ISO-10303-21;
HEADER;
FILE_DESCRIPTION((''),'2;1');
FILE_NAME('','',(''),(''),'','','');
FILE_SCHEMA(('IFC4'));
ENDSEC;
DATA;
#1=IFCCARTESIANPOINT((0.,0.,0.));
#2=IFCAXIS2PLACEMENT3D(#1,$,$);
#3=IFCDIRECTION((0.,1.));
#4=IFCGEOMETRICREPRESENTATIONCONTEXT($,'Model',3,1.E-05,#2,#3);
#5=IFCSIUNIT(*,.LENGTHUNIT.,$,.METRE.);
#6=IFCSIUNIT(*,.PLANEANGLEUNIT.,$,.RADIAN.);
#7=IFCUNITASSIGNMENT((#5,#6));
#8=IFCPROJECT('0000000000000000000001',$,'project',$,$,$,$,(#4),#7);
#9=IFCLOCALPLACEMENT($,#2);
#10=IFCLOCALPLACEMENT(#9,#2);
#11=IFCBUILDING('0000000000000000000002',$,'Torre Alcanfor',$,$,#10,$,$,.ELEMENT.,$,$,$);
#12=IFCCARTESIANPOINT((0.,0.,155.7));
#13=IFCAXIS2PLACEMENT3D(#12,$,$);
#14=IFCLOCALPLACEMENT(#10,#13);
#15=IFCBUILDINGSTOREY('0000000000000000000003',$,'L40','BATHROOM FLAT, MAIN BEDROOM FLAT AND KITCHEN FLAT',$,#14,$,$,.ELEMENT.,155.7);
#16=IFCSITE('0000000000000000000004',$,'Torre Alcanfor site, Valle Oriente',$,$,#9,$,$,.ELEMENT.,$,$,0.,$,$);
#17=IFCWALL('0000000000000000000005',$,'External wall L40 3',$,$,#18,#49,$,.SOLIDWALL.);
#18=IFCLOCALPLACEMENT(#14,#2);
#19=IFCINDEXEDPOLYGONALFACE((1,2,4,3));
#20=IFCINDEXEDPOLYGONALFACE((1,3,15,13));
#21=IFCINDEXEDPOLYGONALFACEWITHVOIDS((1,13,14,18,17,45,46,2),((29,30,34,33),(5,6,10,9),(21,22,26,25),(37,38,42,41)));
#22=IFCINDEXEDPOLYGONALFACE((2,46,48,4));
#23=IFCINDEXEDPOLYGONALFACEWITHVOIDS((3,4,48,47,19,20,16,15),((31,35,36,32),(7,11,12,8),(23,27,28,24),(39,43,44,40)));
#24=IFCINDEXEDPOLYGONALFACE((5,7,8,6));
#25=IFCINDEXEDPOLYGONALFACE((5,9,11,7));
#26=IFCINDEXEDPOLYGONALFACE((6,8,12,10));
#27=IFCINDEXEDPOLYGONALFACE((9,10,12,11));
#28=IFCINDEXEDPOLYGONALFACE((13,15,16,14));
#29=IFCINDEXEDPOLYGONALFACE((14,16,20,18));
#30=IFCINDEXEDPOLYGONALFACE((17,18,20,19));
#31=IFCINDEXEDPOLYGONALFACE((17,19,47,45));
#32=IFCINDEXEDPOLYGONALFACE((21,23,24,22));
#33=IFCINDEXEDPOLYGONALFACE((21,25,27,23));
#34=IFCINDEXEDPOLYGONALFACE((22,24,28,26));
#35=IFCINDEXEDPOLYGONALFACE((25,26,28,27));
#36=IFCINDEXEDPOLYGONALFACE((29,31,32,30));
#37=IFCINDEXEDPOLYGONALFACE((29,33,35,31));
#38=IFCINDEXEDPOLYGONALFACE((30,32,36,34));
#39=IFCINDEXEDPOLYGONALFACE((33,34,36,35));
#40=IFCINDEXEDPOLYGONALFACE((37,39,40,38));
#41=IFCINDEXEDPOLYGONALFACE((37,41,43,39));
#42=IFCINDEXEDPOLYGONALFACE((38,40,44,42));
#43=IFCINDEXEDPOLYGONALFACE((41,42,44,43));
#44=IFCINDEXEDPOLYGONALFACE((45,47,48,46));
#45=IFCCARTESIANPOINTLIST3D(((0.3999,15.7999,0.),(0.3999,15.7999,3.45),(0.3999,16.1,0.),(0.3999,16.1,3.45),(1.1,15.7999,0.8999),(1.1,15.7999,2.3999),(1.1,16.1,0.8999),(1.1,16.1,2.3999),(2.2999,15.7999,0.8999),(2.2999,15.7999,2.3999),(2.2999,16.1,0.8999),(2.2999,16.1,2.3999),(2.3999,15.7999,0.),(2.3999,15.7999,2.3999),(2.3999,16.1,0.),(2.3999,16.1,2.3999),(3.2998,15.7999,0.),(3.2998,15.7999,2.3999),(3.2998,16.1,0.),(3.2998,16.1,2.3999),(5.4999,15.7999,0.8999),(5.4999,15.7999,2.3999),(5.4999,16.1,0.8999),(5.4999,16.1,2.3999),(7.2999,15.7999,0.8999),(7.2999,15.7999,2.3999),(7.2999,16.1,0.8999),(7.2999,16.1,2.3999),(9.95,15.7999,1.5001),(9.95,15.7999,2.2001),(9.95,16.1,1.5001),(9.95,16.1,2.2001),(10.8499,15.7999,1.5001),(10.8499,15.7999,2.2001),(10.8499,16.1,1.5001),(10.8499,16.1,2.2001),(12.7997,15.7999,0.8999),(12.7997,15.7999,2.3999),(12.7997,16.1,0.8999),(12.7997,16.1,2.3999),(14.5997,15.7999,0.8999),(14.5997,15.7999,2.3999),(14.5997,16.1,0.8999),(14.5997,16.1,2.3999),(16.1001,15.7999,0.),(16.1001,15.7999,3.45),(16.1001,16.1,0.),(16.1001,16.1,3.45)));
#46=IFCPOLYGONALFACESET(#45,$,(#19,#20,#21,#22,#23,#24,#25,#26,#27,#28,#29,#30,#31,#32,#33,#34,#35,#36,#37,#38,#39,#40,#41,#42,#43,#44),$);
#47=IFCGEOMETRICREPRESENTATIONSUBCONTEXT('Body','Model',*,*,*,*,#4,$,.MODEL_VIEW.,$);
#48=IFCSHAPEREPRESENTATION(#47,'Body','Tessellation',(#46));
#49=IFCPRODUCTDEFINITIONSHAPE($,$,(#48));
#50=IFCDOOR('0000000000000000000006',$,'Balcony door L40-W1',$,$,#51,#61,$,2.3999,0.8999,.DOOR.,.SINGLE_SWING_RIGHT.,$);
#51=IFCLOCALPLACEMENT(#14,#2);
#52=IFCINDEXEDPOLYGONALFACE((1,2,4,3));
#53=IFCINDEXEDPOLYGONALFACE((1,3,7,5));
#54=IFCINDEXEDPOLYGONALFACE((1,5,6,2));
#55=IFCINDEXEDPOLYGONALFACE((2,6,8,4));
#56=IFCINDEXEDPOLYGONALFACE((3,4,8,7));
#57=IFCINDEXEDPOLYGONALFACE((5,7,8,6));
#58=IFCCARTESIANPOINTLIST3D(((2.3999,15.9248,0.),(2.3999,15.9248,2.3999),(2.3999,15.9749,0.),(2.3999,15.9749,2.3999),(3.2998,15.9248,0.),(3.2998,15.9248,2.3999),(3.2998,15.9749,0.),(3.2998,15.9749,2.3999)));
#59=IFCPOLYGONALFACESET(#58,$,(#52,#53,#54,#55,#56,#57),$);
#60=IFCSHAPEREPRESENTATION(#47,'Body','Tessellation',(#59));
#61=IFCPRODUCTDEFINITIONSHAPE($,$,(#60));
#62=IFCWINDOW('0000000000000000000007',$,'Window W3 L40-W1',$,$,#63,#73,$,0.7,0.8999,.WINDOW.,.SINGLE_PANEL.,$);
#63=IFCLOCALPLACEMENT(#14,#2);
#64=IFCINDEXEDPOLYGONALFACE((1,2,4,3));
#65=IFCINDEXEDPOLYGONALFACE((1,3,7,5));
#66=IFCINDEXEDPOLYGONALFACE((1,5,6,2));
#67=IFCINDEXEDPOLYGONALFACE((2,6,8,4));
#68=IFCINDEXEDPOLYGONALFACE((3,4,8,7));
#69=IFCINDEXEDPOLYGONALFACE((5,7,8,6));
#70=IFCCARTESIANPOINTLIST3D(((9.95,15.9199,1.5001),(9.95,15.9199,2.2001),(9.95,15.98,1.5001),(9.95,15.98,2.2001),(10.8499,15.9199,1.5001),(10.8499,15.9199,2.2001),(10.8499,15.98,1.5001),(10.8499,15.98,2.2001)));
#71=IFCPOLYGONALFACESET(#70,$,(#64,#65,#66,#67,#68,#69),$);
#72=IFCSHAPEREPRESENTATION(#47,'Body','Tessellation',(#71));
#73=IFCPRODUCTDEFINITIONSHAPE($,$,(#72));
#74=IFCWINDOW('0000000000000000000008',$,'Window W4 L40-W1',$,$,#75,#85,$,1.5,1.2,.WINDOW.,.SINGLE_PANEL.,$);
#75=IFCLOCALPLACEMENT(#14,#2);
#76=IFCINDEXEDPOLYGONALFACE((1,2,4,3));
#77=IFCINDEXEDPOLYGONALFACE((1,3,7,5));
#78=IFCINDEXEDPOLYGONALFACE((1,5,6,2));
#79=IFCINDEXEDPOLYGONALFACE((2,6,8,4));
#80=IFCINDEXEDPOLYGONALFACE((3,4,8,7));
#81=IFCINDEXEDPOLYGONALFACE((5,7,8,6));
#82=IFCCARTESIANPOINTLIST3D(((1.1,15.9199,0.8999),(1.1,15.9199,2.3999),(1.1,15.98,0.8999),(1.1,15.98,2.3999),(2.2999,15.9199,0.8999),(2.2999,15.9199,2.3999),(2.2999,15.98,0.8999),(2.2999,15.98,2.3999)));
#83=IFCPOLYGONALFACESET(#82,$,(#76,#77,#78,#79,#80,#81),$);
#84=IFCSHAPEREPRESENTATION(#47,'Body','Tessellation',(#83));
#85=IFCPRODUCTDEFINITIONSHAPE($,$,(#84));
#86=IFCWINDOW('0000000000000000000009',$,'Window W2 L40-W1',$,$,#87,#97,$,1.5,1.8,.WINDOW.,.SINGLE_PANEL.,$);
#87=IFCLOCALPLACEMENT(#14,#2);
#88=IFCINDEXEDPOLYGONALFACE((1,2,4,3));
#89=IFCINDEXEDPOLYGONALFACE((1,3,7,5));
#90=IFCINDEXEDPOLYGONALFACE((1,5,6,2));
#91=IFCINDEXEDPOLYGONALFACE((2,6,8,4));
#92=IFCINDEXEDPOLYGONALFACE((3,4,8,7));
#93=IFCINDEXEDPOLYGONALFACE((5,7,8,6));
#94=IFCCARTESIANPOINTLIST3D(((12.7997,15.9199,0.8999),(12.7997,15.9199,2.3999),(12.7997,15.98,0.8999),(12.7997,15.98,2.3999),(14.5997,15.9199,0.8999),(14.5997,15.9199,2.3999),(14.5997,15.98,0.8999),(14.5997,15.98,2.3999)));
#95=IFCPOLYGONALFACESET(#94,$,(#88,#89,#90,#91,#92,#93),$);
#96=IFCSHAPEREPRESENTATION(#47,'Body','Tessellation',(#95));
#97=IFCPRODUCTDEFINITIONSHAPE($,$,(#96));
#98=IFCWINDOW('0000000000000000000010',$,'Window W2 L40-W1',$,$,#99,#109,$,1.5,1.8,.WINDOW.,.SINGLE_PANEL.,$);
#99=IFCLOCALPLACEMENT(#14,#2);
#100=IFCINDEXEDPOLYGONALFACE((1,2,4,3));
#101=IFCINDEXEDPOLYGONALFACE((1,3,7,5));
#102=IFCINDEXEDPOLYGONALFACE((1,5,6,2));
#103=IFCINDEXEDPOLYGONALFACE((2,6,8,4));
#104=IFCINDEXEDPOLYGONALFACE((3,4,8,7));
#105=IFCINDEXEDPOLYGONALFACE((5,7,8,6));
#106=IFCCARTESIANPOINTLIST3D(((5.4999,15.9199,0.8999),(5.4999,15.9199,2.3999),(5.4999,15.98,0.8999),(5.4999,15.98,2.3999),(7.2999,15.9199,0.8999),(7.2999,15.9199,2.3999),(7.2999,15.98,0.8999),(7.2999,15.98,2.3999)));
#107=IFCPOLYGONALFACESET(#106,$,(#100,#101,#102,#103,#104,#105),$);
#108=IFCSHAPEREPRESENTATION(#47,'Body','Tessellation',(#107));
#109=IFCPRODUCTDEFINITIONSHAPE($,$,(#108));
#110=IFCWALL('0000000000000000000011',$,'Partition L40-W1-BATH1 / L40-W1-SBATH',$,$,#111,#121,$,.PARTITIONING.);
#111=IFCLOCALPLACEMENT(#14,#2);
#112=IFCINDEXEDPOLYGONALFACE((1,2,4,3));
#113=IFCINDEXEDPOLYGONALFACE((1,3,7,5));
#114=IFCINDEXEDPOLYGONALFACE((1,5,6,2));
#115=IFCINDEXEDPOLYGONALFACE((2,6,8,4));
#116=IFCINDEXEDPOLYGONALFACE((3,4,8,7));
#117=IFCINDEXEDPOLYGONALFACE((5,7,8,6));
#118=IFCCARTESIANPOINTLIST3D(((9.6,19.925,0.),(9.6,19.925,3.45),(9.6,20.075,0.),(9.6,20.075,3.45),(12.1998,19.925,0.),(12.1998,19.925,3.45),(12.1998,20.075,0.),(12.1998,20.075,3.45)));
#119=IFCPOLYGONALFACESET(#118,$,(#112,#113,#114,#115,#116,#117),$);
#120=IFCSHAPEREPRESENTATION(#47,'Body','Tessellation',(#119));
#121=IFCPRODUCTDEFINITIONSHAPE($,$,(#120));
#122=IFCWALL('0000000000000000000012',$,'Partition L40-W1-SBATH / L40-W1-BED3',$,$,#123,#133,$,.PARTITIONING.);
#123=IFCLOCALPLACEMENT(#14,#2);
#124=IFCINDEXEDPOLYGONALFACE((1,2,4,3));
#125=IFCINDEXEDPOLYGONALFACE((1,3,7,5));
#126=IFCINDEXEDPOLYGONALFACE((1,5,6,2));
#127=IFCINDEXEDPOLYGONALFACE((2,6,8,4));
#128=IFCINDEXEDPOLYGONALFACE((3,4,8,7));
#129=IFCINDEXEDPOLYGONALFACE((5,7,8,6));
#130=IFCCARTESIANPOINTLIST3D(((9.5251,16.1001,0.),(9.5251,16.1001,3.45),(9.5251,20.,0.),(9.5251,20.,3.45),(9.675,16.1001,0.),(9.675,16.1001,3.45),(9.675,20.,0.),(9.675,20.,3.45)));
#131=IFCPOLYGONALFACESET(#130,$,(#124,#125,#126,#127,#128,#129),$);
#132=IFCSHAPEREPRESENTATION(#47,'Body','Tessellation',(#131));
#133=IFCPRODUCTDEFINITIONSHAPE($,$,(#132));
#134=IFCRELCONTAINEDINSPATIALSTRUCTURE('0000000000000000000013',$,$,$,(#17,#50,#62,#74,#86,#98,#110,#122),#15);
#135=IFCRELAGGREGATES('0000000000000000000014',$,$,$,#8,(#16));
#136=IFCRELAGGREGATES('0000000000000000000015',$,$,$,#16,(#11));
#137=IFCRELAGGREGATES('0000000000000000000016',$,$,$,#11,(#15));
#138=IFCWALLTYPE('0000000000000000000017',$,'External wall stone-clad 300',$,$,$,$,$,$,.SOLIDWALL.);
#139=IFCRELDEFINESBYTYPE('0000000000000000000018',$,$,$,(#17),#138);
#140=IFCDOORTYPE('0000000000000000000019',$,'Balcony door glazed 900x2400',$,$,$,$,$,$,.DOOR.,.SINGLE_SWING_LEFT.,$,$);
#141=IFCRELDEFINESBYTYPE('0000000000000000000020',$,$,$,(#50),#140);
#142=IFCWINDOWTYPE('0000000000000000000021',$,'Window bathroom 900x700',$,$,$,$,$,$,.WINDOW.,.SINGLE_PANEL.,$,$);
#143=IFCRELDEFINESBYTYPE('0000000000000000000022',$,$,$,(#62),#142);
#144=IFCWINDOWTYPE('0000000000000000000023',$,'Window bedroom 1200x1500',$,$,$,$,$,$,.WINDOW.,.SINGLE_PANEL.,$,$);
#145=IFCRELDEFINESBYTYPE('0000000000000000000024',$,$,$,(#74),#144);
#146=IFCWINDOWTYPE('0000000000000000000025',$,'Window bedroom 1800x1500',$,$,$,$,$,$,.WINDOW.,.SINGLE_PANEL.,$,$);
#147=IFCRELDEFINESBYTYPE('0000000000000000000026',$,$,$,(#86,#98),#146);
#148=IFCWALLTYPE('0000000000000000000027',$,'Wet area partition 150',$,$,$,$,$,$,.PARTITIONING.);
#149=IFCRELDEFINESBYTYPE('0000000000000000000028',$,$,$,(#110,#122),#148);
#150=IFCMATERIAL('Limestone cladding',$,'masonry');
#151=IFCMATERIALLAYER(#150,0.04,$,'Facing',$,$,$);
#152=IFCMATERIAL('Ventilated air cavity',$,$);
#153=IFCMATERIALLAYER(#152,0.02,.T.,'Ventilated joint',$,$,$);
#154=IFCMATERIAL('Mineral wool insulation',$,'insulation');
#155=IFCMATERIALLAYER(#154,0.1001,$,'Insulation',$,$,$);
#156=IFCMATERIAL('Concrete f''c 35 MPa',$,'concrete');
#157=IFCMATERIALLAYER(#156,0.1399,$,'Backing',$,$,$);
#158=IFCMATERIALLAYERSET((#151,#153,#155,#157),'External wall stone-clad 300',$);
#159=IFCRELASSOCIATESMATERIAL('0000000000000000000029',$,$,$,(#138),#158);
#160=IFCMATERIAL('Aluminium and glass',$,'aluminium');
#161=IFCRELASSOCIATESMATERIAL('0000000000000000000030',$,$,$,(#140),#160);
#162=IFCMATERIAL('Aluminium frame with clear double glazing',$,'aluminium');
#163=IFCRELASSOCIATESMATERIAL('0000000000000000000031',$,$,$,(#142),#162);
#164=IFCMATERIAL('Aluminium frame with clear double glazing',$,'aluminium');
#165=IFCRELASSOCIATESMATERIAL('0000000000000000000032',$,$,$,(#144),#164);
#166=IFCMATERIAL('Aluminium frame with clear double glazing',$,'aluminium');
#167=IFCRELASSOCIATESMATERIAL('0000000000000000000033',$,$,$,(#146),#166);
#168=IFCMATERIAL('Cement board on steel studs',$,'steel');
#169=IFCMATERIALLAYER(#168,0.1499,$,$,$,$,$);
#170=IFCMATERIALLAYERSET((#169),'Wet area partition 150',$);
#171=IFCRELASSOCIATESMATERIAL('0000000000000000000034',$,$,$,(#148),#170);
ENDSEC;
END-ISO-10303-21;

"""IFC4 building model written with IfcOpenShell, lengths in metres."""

from ifc_helpers import new_model, si_unit, direction, frame, frame_2d, origin, place, context, subcontext, project, spatial, rectangle, extrude, material, layer, layer_set, type_object, element, fill, save


model = new_model("IFC4")

# Units and contexts
model_context = context("Model", 3, precision=1e-05, world=origin(), true_north=direction((0.0, 1.0)))
body_context = subcontext(model_context, "Body", "Model", "MODEL_VIEW")
ifc_project = project(units=[si_unit("LENGTHUNIT", "METRE"), si_unit("PLANEANGLEUNIT", "RADIAN")], contexts=[model_context])

# Site, building, storey
site_placement = place(None, origin())
site = spatial("IfcSite", under=ifc_project, at=site_placement, Name="Torre Alcanfor site, Valle Oriente", CompositionType="ELEMENT", RefElevation=0.0)
building_placement = place(site_placement, origin())
building = spatial("IfcBuilding", under=site, at=building_placement, Name="Torre Alcanfor", CompositionType="ELEMENT")
storey_placement = place(building_placement, frame((0.0, 0.0, 155.7)))
storey = spatial("IfcBuildingStorey", under=building, at=storey_placement, Name="L40", Description="BATHROOM FLAT, MAIN BEDROOM FLAT AND KITCHEN FLAT", CompositionType="ELEMENT", Elevation=155.7)

# Wall, openings, door, windows
ifc_material_1 = material(Name="Limestone cladding", Category="masonry")
ifc_layer_1 = layer(ifc_material_1, 0.04, Name="Facing")
ifc_material_2 = material(Name="Ventilated air cavity")
ifc_layer_2 = layer(ifc_material_2, 0.02, ventilated=True, Name="Ventilated joint")
ifc_material_3 = material(Name="Mineral wool insulation", Category="insulation")
ifc_layer_3 = layer(ifc_material_3, 0.1001, Name="Insulation")
ifc_material_4 = material(Name="Concrete f'c 35 MPa", Category="concrete")
ifc_layer_4 = layer(ifc_material_4, 0.1399, Name="Backing")
ifc_layer_set_1 = layer_set([ifc_layer_1, ifc_layer_2, ifc_layer_3, ifc_layer_4], Name="External wall stone-clad 300")
wall_type_1 = type_object("IfcWallType", Name="External wall stone-clad 300", PredefinedType="SOLIDWALL", material=ifc_layer_set_1)
wall_1_placement = place(storey_placement, frame((0.3999, 15.95, 0.0), z_axis=(0.0, 0.0, 1.0), x_axis=(1.0, 0.0, 0.0)))
wall_1 = element("IfcWall", 1, at=wall_1_placement, inside=storey, type_object=wall_type_1, Name="External wall L40 3", PredefinedType="SOLIDWALL", context=body_context, shape_type="SweptSolid", body=[
    extrude(rectangle(XDim=15.7002, YDim=0.3, at=frame_2d((7.8501, 0.0))), origin(), (0.0, 0.0, 1.0), 3.45),
])
opening_1_placement = place(wall_1_placement, frame((12.3999, 0.0, 0.8999)))
opening_1 = element("IfcOpeningElement", 2, at=opening_1_placement, cuts=wall_1, PredefinedType="OPENING", context=body_context, shape_type="SweptSolid", body=[
    extrude(rectangle(XDim=1.8, YDim=1.5, at=frame_2d((0.8999, 0.75))), frame((0.0, 0.1599, 0.0), z_axis=(0.0, -1.0, 0.0), x_axis=(1.0, 0.0, 0.0)), (0.0, 0.0, 1.0), 0.3201),
])
opening_2_placement = place(wall_1_placement, frame((9.55, 0.0, 1.5)))
opening_2 = element("IfcOpeningElement", 3, at=opening_2_placement, cuts=wall_1, PredefinedType="OPENING", context=body_context, shape_type="SweptSolid", body=[
    extrude(rectangle(XDim=0.8999, YDim=0.7, at=frame_2d((0.45, 0.3501))), frame((0.0, 0.1599, 0.0), z_axis=(0.0, -1.0, 0.0), x_axis=(1.0, 0.0, 0.0)), (0.0, 0.0, 1.0), 0.3201),
])
opening_3_placement = place(wall_1_placement, frame((5.1001, 0.0, 0.8999)))
opening_3 = element("IfcOpeningElement", 4, at=opening_3_placement, cuts=wall_1, PredefinedType="OPENING", context=body_context, shape_type="SweptSolid", body=[
    extrude(rectangle(XDim=1.8, YDim=1.5, at=frame_2d((0.8999, 0.75))), frame((0.0, 0.1599, 0.0), z_axis=(0.0, -1.0, 0.0), x_axis=(1.0, 0.0, 0.0)), (0.0, 0.0, 1.0), 0.3201),
])
opening_4_placement = place(wall_1_placement, frame((2.0, 0.0, 0.0)))
opening_4 = element("IfcOpeningElement", 5, at=opening_4_placement, cuts=wall_1, PredefinedType="OPENING", context=body_context, shape_type="SweptSolid", body=[
    extrude(rectangle(XDim=0.8999, YDim=2.3999, at=frame_2d((0.45, 1.2))), frame((0.0, 0.1599, 0.0), z_axis=(0.0, -1.0, 0.0), x_axis=(1.0, 0.0, 0.0)), (0.0, 0.0, 1.0), 0.3201),
])
opening_5_placement = place(wall_1_placement, frame((0.7, 0.0, 0.8999)))
opening_5 = element("IfcOpeningElement", 6, at=opening_5_placement, cuts=wall_1, PredefinedType="OPENING", context=body_context, shape_type="SweptSolid", body=[
    extrude(rectangle(XDim=1.2, YDim=1.5, at=frame_2d((0.6001, 0.75))), frame((0.0, 0.1599, 0.0), z_axis=(0.0, -1.0, 0.0), x_axis=(1.0, 0.0, 0.0)), (0.0, 0.0, 1.0), 0.3201),
])
ifc_material_5 = material(Name="Aluminium and glass", Category="aluminium")
door_type = type_object("IfcDoorType", Name="Balcony door glazed 900x2400", OperationType="SINGLE_SWING_LEFT", PredefinedType="DOOR", material=ifc_material_5)
door_placement = place(opening_4_placement, origin())
door = element("IfcDoor", 7, at=door_placement, inside=storey, type_object=door_type, Name="Balcony door L40-W1", OperationType="SINGLE_SWING_RIGHT", OverallHeight=2.3999, OverallWidth=0.8999, PredefinedType="DOOR", context=body_context, shape_type="SweptSolid", body=[
    extrude(rectangle(XDim=0.8999, YDim=2.3999, at=frame_2d((0.45, 1.2))), frame((0.0, 0.0249, 0.0), z_axis=(0.0, -1.0, 0.0), x_axis=(1.0, 0.0, 0.0)), (0.0, 0.0, 1.0), 0.05),
])
fill(opening_4, door)
ifc_material_6 = material(Name="Aluminium frame with clear double glazing", Category="aluminium")
window_type_1 = type_object("IfcWindowType", Name="Window bathroom 900x700", PartitioningType="SINGLE_PANEL", PredefinedType="WINDOW", material=ifc_material_6)
window_1_placement = place(opening_2_placement, origin())
window_1 = element("IfcWindow", 8, at=window_1_placement, inside=storey, type_object=window_type_1, Name="Window W3 L40-W1", OverallHeight=0.7, OverallWidth=0.8999, PartitioningType="SINGLE_PANEL", PredefinedType="WINDOW", context=body_context, shape_type="SweptSolid", body=[
    extrude(rectangle(XDim=0.8999, YDim=0.7, at=frame_2d((0.45, 0.3501))), frame((0.0, 0.03, 0.0), z_axis=(0.0, -1.0, 0.0), x_axis=(1.0, 0.0, 0.0)), (0.0, 0.0, 1.0), 0.0601),
])
fill(opening_2, window_1)
ifc_material_7 = material(Name="Aluminium frame with clear double glazing", Category="aluminium")
window_type_2 = type_object("IfcWindowType", Name="Window bedroom 1200x1500", PartitioningType="SINGLE_PANEL", PredefinedType="WINDOW", material=ifc_material_7)
window_2_placement = place(opening_5_placement, origin())
window_2 = element("IfcWindow", 9, at=window_2_placement, inside=storey, type_object=window_type_2, Name="Window W4 L40-W1", OverallHeight=1.5, OverallWidth=1.2, PartitioningType="SINGLE_PANEL", PredefinedType="WINDOW", context=body_context, shape_type="SweptSolid", body=[
    extrude(rectangle(XDim=1.2, YDim=1.5, at=frame_2d((0.6001, 0.75))), frame((0.0, 0.03, 0.0), z_axis=(0.0, -1.0, 0.0), x_axis=(1.0, 0.0, 0.0)), (0.0, 0.0, 1.0), 0.0601),
])
fill(opening_5, window_2)
ifc_material_8 = material(Name="Aluminium frame with clear double glazing", Category="aluminium")
window_type_3 = type_object("IfcWindowType", Name="Window bedroom 1800x1500", PartitioningType="SINGLE_PANEL", PredefinedType="WINDOW", material=ifc_material_8)
window_3_placement = place(opening_1_placement, origin())
window_3 = element("IfcWindow", 10, at=window_3_placement, inside=storey, type_object=window_type_3, Name="Window W2 L40-W1", OverallHeight=1.5, OverallWidth=1.8, PartitioningType="SINGLE_PANEL", PredefinedType="WINDOW", context=body_context, shape_type="SweptSolid", body=[
    extrude(rectangle(XDim=1.8, YDim=1.5, at=frame_2d((0.8999, 0.75))), frame((0.0, 0.03, 0.0), z_axis=(0.0, -1.0, 0.0), x_axis=(1.0, 0.0, 0.0)), (0.0, 0.0, 1.0), 0.0601),
])
fill(opening_1, window_3)
window_4_placement = place(opening_3_placement, origin())
window_4 = element("IfcWindow", 11, at=window_4_placement, inside=storey, type_object=window_type_3, Name="Window W2 L40-W1", OverallHeight=1.5, OverallWidth=1.8, PartitioningType="SINGLE_PANEL", PredefinedType="WINDOW", context=body_context, shape_type="SweptSolid", body=[
    extrude(rectangle(XDim=1.8, YDim=1.5, at=frame_2d((0.8999, 0.75))), frame((0.0, 0.03, 0.0), z_axis=(0.0, -1.0, 0.0), x_axis=(1.0, 0.0, 0.0)), (0.0, 0.0, 1.0), 0.0601),
])
fill(opening_3, window_4)

# Walls
ifc_material_9 = material(Name="Cement board on steel studs", Category="steel")
ifc_layer_5 = layer(ifc_material_9, 0.1499)
ifc_layer_set_2 = layer_set([ifc_layer_5], Name="Wet area partition 150")
wall_type_2 = type_object("IfcWallType", Name="Wet area partition 150", PredefinedType="PARTITIONING", material=ifc_layer_set_2)
wall_2_placement = place(storey_placement, frame((9.6001, 20.0, 0.0), z_axis=(0.0, 0.0, 1.0), x_axis=(1.0, 0.0, 0.0)))
element("IfcWall", 12, at=wall_2_placement, inside=storey, type_object=wall_type_2, Name="Partition L40-W1-BATH1 / L40-W1-SBATH", PredefinedType="PARTITIONING", context=body_context, shape_type="SweptSolid", body=[
    extrude(rectangle(XDim=2.5999, YDim=0.1499, at=frame_2d((1.2998, 0.0))), origin(), (0.0, 0.0, 1.0), 3.45),
])
wall_3_placement = place(storey_placement, frame((9.6001, 20.0, 0.0), z_axis=(0.0, 0.0, 1.0), x_axis=(0.0, -1.0, 0.0)))
element("IfcWall", 13, at=wall_3_placement, inside=storey, type_object=wall_type_2, Name="Partition L40-W1-SBATH / L40-W1-BED3", PredefinedType="PARTITIONING", context=body_context, shape_type="SweptSolid", body=[
    extrude(rectangle(XDim=3.8999, YDim=0.1499, at=frame_2d((1.95, 0.0))), origin(), (0.0, 0.0, 1.0), 3.45),
])

save(model, "model.ifc")
